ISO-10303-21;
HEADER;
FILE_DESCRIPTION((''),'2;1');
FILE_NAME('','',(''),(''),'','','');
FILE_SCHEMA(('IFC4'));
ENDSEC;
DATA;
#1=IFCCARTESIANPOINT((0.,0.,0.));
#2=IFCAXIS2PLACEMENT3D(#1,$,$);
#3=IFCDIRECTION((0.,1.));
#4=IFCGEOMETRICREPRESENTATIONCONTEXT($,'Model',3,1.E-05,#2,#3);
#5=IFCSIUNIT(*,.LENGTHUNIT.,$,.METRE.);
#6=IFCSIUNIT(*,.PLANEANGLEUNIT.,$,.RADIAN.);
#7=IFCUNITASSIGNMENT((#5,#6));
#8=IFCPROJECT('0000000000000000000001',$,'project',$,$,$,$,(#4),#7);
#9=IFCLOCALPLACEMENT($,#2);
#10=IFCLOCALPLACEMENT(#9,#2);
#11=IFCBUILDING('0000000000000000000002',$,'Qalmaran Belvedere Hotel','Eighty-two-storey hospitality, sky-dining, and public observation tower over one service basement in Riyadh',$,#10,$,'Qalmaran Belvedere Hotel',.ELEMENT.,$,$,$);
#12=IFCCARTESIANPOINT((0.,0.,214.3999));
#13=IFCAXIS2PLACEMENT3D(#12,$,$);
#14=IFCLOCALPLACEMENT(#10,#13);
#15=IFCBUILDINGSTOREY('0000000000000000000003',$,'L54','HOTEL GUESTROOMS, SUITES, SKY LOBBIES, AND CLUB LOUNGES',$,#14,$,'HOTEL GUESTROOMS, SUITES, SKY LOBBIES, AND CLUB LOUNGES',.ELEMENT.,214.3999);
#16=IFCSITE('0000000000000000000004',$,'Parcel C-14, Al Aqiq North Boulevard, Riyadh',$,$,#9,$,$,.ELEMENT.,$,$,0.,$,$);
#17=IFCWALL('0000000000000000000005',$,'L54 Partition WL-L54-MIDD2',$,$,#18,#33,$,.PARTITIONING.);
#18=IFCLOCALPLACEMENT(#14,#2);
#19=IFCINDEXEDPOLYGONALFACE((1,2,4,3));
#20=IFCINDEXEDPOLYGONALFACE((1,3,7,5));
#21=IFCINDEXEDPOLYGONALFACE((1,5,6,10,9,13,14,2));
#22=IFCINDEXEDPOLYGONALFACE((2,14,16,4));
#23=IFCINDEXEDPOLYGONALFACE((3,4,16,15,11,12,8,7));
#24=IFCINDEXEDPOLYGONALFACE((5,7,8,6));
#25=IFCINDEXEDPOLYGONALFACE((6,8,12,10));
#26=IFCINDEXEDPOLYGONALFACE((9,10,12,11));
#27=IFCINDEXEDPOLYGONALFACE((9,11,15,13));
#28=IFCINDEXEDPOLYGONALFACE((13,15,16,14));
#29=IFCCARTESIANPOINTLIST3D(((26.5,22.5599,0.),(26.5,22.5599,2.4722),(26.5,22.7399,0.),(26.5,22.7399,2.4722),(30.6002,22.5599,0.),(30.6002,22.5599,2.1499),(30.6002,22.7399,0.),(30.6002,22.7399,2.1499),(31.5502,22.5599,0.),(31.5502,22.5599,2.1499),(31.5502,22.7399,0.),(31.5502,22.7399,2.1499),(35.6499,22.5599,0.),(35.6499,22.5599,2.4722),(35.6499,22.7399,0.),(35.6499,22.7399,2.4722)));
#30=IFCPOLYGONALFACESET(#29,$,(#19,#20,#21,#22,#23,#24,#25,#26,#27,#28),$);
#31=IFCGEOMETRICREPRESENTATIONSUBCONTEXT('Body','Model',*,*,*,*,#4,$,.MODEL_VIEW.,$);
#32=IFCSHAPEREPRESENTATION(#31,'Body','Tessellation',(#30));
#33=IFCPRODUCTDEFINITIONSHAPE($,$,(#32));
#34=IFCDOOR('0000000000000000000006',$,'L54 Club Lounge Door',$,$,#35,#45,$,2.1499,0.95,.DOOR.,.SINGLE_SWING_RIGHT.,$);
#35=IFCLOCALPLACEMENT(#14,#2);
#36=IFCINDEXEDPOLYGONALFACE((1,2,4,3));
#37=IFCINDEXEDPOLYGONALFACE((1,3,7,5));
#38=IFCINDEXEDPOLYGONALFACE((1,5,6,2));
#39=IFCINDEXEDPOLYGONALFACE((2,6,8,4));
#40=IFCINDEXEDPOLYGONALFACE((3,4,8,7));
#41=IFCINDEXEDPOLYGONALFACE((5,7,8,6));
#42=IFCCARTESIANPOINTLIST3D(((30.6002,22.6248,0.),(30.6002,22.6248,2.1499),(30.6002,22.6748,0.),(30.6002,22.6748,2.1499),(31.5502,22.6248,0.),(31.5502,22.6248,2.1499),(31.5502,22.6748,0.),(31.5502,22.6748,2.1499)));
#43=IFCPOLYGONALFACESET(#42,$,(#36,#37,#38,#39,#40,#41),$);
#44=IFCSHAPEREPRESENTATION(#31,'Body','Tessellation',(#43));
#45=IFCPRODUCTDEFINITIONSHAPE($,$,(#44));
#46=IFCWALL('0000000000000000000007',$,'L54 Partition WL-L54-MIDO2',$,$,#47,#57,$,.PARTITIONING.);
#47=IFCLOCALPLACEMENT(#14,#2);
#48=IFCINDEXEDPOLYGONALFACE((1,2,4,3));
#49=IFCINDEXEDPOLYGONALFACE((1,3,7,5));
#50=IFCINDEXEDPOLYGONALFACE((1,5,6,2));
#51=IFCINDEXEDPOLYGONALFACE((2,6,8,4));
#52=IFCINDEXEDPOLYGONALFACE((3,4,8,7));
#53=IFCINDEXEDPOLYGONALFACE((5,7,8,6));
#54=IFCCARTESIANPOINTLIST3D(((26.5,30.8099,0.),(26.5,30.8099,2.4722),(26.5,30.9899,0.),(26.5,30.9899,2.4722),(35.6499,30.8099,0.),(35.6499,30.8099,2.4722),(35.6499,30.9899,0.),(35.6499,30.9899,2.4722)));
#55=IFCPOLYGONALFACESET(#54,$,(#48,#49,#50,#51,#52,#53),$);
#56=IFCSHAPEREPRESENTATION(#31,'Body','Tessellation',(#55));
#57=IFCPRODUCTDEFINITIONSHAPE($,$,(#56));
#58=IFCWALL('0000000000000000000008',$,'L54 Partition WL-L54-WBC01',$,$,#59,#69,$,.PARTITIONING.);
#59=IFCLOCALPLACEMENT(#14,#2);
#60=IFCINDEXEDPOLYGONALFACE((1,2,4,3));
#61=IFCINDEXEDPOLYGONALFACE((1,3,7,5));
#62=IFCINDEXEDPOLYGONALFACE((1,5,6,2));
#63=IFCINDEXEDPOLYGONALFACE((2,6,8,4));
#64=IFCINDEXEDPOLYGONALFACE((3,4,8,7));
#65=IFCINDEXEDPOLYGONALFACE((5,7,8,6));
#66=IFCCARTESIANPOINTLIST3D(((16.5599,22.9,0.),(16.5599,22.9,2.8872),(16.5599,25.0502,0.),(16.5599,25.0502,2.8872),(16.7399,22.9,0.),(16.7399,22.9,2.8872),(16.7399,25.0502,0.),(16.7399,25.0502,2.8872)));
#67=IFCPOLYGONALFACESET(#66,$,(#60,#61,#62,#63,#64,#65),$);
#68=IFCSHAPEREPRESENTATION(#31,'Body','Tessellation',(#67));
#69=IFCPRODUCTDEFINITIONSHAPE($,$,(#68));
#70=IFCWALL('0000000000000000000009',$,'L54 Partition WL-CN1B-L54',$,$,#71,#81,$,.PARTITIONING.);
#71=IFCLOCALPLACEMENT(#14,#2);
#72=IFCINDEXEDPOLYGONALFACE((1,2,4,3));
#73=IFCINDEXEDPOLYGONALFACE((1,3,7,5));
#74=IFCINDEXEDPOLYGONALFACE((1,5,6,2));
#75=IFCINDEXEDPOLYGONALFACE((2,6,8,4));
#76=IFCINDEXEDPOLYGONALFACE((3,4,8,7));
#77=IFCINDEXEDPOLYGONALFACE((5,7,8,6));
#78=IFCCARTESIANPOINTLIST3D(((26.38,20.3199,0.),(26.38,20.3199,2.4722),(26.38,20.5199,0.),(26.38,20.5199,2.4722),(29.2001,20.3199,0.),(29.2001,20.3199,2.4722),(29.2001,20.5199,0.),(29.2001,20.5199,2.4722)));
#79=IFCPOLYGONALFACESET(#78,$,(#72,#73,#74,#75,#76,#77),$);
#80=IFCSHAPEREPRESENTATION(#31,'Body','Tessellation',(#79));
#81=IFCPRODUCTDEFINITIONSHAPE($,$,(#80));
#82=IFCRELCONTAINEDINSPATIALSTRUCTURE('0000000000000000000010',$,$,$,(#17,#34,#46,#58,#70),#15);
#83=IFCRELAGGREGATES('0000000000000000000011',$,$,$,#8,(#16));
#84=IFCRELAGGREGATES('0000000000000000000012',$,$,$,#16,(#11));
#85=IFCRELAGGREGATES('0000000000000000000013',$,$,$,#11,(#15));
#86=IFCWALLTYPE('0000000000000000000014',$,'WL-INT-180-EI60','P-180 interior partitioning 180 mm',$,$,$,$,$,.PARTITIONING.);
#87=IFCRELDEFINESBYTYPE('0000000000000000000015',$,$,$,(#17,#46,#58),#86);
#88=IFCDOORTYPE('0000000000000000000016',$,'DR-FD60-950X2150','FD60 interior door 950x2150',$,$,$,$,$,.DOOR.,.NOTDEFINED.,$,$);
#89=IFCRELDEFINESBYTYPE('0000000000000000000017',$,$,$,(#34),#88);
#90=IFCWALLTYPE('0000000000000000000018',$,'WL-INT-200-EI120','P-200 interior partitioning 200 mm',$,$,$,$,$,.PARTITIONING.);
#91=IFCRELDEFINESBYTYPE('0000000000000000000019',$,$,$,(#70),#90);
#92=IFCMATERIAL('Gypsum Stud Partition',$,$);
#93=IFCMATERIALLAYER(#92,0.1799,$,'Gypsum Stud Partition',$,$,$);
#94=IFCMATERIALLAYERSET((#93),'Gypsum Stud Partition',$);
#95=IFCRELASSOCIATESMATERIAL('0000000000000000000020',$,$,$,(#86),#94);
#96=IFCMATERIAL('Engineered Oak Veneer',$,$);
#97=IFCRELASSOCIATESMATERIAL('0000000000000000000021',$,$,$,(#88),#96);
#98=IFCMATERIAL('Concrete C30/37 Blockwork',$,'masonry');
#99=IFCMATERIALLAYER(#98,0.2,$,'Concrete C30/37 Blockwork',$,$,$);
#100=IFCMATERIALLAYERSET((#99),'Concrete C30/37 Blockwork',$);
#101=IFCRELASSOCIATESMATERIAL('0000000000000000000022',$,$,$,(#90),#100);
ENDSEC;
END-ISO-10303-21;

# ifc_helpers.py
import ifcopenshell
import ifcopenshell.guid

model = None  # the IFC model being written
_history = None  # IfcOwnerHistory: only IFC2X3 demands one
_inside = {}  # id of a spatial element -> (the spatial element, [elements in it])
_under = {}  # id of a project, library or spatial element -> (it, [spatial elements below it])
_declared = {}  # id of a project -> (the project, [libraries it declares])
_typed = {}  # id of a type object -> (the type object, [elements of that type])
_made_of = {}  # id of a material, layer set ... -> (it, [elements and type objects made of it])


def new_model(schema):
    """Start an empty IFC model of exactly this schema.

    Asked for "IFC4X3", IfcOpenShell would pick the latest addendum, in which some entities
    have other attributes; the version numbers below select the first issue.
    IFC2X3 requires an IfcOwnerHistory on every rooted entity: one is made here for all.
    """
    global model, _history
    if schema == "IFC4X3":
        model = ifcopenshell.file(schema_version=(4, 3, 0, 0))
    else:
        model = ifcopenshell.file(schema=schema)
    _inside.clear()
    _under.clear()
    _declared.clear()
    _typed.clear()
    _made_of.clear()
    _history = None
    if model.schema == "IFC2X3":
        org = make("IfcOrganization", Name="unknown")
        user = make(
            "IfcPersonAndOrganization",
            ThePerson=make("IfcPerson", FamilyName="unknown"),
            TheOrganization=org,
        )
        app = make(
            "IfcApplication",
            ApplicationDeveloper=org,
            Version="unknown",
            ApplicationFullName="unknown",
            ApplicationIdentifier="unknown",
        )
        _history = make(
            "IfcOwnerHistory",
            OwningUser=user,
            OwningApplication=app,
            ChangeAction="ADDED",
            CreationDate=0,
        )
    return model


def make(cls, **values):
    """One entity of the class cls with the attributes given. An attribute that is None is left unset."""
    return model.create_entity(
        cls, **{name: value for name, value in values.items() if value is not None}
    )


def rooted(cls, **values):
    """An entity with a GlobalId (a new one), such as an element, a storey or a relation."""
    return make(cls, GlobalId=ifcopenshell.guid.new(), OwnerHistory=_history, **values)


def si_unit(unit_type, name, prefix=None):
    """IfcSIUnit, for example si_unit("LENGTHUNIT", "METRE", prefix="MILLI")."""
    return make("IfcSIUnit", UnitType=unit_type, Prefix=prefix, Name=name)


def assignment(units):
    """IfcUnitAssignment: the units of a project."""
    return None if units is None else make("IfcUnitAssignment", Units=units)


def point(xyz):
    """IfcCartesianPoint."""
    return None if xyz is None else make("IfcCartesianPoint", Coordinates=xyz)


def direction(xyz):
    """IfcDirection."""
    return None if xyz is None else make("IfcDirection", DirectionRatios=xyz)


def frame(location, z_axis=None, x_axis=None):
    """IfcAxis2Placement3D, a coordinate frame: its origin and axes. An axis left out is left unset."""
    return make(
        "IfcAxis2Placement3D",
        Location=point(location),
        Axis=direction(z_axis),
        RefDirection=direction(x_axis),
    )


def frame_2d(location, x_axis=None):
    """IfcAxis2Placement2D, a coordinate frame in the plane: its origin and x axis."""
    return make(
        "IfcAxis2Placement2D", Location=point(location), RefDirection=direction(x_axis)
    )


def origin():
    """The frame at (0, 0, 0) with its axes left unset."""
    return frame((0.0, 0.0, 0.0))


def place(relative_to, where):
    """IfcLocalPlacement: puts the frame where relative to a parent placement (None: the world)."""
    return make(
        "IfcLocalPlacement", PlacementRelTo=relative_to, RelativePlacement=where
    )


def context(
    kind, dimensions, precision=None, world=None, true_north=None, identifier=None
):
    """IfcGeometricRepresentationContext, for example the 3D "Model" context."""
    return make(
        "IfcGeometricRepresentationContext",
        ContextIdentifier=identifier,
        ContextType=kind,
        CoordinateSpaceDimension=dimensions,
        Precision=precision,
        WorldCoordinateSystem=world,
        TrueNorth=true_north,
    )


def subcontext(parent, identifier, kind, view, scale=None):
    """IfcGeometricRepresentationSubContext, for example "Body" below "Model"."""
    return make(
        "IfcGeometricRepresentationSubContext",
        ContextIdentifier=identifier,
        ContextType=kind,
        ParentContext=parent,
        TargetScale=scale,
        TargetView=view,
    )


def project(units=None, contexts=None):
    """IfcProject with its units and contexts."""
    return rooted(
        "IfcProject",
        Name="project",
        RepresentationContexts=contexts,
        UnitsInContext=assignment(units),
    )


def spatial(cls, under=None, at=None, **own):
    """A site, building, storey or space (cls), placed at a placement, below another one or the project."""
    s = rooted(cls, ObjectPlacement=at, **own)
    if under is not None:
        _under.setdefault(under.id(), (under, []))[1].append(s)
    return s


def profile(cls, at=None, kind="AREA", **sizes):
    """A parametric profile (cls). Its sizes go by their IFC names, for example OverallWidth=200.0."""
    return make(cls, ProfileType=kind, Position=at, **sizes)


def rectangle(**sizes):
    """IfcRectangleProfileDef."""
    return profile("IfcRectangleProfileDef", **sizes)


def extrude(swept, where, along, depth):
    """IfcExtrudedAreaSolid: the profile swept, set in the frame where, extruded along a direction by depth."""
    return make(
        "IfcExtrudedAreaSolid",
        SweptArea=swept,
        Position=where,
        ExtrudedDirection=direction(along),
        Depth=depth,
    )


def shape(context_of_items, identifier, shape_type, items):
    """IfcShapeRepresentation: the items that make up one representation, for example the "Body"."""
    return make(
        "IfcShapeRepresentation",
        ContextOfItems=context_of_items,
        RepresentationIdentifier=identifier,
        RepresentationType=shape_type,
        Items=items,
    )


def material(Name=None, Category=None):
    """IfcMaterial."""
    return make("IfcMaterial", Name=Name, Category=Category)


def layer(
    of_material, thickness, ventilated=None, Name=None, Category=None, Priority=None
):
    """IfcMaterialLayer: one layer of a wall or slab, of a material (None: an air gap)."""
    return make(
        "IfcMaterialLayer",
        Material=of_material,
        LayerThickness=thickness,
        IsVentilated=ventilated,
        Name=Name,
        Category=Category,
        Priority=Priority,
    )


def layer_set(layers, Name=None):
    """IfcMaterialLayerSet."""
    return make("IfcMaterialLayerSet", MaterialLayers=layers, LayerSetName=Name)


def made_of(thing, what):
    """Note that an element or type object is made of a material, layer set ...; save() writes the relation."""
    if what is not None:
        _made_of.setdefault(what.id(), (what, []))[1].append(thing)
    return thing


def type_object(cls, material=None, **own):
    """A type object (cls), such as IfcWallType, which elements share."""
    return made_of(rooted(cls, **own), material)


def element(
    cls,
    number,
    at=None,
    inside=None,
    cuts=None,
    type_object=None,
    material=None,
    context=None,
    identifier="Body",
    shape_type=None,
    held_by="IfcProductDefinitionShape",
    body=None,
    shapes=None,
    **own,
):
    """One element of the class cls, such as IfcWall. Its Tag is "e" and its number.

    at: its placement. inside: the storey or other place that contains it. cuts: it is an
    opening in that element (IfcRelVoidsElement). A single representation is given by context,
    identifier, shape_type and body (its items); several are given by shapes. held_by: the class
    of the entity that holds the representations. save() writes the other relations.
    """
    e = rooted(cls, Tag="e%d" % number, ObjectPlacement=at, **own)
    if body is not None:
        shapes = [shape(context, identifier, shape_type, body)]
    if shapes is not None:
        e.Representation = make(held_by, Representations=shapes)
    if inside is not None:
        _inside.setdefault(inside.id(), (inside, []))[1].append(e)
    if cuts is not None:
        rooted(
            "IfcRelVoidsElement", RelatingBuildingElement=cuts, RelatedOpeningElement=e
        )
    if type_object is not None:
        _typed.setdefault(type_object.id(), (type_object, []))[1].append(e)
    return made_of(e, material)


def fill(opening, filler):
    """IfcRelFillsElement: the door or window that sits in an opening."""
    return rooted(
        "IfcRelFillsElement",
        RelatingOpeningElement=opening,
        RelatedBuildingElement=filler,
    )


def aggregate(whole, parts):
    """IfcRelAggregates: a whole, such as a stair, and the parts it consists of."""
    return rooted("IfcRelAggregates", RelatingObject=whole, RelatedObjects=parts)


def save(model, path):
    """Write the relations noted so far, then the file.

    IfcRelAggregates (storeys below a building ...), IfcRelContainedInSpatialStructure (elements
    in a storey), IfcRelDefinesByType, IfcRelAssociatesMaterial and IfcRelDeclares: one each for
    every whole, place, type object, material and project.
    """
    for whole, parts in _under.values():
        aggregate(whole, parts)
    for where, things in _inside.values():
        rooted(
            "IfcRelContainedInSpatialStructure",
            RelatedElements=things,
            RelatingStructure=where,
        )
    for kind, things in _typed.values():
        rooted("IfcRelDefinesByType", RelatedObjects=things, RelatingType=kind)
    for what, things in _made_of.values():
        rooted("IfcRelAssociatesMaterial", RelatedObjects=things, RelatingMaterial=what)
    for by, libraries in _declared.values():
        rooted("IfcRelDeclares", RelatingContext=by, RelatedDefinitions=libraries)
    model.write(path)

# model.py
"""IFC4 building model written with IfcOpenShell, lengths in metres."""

from ifc_helpers import new_model, si_unit, direction, frame, frame_2d, origin, place, context, subcontext, project, spatial, rectangle, extrude, material, layer, layer_set, type_object, element, fill, save


model = new_model("IFC4")

# Units and contexts
model_context = context("Model", 3, precision=1e-05, world=origin(), true_north=direction((0.0, 1.0)))
body_context = subcontext(model_context, "Body", "Model", "MODEL_VIEW")
ifc_project = project(units=[si_unit("LENGTHUNIT", "METRE"), si_unit("PLANEANGLEUNIT", "RADIAN")], contexts=[model_context])

# Site, building, storey
site_placement = place(None, origin())
site = spatial("IfcSite", under=ifc_project, at=site_placement, Name="Parcel C-14, Al Aqiq North Boulevard, Riyadh", CompositionType="ELEMENT", RefElevation=0.0)
building_placement = place(site_placement, origin())
building = spatial("IfcBuilding", under=site, at=building_placement, Name="Qalmaran Belvedere Hotel", Description="Eighty-two-storey hospitality, sky-dining, and public observation tower over one service basement in Riyadh", LongName="Qalmaran Belvedere Hotel", CompositionType="ELEMENT")
storey_placement = place(building_placement, frame((0.0, 0.0, 214.3999)))
storey = spatial("IfcBuildingStorey", under=building, at=storey_placement, Name="L54", Description="HOTEL GUESTROOMS, SUITES, SKY LOBBIES, AND CLUB LOUNGES", LongName="HOTEL GUESTROOMS, SUITES, SKY LOBBIES, AND CLUB LOUNGES", CompositionType="ELEMENT", Elevation=214.3999)

# Shared definitions
ifc_material_1 = material(Name="Gypsum Stud Partition")

# Shared definitions
ifc_layer_1 = layer(ifc_material_1, 0.1799, Name="Gypsum Stud Partition")
ifc_layer_set_1 = layer_set([ifc_layer_1], Name="Gypsum Stud Partition")
wall_type_1 = type_object("IfcWallType", Name="WL-INT-180-EI60", Description="P-180 interior partitioning 180 mm", PredefinedType="PARTITIONING", material=ifc_layer_set_1)
ifc_material_2 = material(Name="Engineered Oak Veneer")
door_type_1 = type_object("IfcDoorType", Name="DR-FD60-950X2150", Description="FD60 interior door 950x2150", OperationType="NOTDEFINED", PredefinedType="DOOR", material=ifc_material_2)

# Wall, opening, door
wall_1_placement = place(storey_placement, frame((26.5, 22.6499, 0.0), z_axis=(0.0, 0.0, 1.0), x_axis=(1.0, 0.0, 0.0)))
wall_1 = element("IfcWall", 1, at=wall_1_placement, inside=storey, type_object=wall_type_1, Name="L54 Partition WL-L54-MIDD2", PredefinedType="PARTITIONING", context=body_context, shape_type="SweptSolid", body=[
    extrude(rectangle(XDim=9.1499, YDim=0.1799, at=frame_2d((4.575, 0.0))), origin(), (0.0, 0.0, 1.0), 2.4722),
])
opening_1_placement = place(wall_1_placement, frame((4.1001, 0.0, 0.0)))
opening_1 = element("IfcOpeningElement", 2, at=opening_1_placement, cuts=wall_1, PredefinedType="OPENING", context=body_context, shape_type="SweptSolid", body=[
    extrude(rectangle(XDim=0.95, YDim=2.1499, at=frame_2d((0.4751, 1.075))), frame((0.0, 0.1001, 0.0), z_axis=(0.0, -1.0, 0.0), x_axis=(1.0, 0.0, 0.0)), (0.0, 0.0, 1.0), 0.2),
])
door_1_placement = place(opening_1_placement, origin())
door_1 = element("IfcDoor", 3, at=door_1_placement, inside=storey, type_object=door_type_1, Name="L54 Club Lounge Door", OperationType="SINGLE_SWING_RIGHT", OverallHeight=2.1499, OverallWidth=0.95, PredefinedType="DOOR", context=body_context, shape_type="SweptSolid", body=[
    extrude(rectangle(XDim=0.95, YDim=2.1499, at=frame_2d((0.4751, 1.075))), frame((0.0, 0.0249, 0.0), z_axis=(0.0, -1.0, 0.0), x_axis=(1.0, 0.0, 0.0)), (0.0, 0.0, 1.0), 0.05),
])
fill(opening_1, door_1)

# Walls
wall_2_placement = place(storey_placement, frame((26.5, 30.8999, 0.0), z_axis=(0.0, 0.0, 1.0), x_axis=(1.0, 0.0, 0.0)))
element("IfcWall", 4, at=wall_2_placement, inside=storey, type_object=wall_type_1, Name="L54 Partition WL-L54-MIDO2", PredefinedType="PARTITIONING", context=body_context, shape_type="SweptSolid", body=[
    extrude(rectangle(XDim=9.1499, YDim=0.1799, at=frame_2d((4.575, 0.0))), origin(), (0.0, 0.0, 1.0), 2.4722),
])
wall_3_placement = place(storey_placement, frame((16.6499, 22.8999, 0.0), z_axis=(0.0, 0.0, 1.0), x_axis=(0.0, 1.0, 0.0)))
element("IfcWall", 5, at=wall_3_placement, inside=storey, type_object=wall_type_1, Name="L54 Partition WL-L54-WBC01", PredefinedType="PARTITIONING", context=body_context, shape_type="SweptSolid", body=[
    extrude(rectangle(XDim=2.1501, YDim=0.1799, at=frame_2d((1.0752, 0.0))), origin(), (0.0, 0.0, 1.0), 2.8872),
])

# Shared definitions
ifc_material_3 = material(Name="Concrete C30/37 Blockwork", Category="masonry")
ifc_layer_2 = layer(ifc_material_3, 0.2, Name="Concrete C30/37 Blockwork")
ifc_layer_set_2 = layer_set([ifc_layer_2], Name="Concrete C30/37 Blockwork")
wall_type_2 = type_object("IfcWallType", Name="WL-INT-200-EI120", Description="P-200 interior partitioning 200 mm", PredefinedType="PARTITIONING", material=ifc_layer_set_2)

# Wall
wall_4_placement = place(storey_placement, frame((26.3799, 20.4199, 0.0), z_axis=(0.0, 0.0, 1.0), x_axis=(1.0, 0.0, 0.0)))
element("IfcWall", 6, at=wall_4_placement, inside=storey, type_object=wall_type_2, Name="L54 Partition WL-CN1B-L54", PredefinedType="PARTITIONING", context=body_context, shape_type="SweptSolid", body=[
    extrude(rectangle(XDim=2.8201, YDim=0.2, at=frame_2d((1.4102, 0.0))), origin(), (0.0, 0.0, 1.0), 2.4722),
])

save(model, "model.ifc")
